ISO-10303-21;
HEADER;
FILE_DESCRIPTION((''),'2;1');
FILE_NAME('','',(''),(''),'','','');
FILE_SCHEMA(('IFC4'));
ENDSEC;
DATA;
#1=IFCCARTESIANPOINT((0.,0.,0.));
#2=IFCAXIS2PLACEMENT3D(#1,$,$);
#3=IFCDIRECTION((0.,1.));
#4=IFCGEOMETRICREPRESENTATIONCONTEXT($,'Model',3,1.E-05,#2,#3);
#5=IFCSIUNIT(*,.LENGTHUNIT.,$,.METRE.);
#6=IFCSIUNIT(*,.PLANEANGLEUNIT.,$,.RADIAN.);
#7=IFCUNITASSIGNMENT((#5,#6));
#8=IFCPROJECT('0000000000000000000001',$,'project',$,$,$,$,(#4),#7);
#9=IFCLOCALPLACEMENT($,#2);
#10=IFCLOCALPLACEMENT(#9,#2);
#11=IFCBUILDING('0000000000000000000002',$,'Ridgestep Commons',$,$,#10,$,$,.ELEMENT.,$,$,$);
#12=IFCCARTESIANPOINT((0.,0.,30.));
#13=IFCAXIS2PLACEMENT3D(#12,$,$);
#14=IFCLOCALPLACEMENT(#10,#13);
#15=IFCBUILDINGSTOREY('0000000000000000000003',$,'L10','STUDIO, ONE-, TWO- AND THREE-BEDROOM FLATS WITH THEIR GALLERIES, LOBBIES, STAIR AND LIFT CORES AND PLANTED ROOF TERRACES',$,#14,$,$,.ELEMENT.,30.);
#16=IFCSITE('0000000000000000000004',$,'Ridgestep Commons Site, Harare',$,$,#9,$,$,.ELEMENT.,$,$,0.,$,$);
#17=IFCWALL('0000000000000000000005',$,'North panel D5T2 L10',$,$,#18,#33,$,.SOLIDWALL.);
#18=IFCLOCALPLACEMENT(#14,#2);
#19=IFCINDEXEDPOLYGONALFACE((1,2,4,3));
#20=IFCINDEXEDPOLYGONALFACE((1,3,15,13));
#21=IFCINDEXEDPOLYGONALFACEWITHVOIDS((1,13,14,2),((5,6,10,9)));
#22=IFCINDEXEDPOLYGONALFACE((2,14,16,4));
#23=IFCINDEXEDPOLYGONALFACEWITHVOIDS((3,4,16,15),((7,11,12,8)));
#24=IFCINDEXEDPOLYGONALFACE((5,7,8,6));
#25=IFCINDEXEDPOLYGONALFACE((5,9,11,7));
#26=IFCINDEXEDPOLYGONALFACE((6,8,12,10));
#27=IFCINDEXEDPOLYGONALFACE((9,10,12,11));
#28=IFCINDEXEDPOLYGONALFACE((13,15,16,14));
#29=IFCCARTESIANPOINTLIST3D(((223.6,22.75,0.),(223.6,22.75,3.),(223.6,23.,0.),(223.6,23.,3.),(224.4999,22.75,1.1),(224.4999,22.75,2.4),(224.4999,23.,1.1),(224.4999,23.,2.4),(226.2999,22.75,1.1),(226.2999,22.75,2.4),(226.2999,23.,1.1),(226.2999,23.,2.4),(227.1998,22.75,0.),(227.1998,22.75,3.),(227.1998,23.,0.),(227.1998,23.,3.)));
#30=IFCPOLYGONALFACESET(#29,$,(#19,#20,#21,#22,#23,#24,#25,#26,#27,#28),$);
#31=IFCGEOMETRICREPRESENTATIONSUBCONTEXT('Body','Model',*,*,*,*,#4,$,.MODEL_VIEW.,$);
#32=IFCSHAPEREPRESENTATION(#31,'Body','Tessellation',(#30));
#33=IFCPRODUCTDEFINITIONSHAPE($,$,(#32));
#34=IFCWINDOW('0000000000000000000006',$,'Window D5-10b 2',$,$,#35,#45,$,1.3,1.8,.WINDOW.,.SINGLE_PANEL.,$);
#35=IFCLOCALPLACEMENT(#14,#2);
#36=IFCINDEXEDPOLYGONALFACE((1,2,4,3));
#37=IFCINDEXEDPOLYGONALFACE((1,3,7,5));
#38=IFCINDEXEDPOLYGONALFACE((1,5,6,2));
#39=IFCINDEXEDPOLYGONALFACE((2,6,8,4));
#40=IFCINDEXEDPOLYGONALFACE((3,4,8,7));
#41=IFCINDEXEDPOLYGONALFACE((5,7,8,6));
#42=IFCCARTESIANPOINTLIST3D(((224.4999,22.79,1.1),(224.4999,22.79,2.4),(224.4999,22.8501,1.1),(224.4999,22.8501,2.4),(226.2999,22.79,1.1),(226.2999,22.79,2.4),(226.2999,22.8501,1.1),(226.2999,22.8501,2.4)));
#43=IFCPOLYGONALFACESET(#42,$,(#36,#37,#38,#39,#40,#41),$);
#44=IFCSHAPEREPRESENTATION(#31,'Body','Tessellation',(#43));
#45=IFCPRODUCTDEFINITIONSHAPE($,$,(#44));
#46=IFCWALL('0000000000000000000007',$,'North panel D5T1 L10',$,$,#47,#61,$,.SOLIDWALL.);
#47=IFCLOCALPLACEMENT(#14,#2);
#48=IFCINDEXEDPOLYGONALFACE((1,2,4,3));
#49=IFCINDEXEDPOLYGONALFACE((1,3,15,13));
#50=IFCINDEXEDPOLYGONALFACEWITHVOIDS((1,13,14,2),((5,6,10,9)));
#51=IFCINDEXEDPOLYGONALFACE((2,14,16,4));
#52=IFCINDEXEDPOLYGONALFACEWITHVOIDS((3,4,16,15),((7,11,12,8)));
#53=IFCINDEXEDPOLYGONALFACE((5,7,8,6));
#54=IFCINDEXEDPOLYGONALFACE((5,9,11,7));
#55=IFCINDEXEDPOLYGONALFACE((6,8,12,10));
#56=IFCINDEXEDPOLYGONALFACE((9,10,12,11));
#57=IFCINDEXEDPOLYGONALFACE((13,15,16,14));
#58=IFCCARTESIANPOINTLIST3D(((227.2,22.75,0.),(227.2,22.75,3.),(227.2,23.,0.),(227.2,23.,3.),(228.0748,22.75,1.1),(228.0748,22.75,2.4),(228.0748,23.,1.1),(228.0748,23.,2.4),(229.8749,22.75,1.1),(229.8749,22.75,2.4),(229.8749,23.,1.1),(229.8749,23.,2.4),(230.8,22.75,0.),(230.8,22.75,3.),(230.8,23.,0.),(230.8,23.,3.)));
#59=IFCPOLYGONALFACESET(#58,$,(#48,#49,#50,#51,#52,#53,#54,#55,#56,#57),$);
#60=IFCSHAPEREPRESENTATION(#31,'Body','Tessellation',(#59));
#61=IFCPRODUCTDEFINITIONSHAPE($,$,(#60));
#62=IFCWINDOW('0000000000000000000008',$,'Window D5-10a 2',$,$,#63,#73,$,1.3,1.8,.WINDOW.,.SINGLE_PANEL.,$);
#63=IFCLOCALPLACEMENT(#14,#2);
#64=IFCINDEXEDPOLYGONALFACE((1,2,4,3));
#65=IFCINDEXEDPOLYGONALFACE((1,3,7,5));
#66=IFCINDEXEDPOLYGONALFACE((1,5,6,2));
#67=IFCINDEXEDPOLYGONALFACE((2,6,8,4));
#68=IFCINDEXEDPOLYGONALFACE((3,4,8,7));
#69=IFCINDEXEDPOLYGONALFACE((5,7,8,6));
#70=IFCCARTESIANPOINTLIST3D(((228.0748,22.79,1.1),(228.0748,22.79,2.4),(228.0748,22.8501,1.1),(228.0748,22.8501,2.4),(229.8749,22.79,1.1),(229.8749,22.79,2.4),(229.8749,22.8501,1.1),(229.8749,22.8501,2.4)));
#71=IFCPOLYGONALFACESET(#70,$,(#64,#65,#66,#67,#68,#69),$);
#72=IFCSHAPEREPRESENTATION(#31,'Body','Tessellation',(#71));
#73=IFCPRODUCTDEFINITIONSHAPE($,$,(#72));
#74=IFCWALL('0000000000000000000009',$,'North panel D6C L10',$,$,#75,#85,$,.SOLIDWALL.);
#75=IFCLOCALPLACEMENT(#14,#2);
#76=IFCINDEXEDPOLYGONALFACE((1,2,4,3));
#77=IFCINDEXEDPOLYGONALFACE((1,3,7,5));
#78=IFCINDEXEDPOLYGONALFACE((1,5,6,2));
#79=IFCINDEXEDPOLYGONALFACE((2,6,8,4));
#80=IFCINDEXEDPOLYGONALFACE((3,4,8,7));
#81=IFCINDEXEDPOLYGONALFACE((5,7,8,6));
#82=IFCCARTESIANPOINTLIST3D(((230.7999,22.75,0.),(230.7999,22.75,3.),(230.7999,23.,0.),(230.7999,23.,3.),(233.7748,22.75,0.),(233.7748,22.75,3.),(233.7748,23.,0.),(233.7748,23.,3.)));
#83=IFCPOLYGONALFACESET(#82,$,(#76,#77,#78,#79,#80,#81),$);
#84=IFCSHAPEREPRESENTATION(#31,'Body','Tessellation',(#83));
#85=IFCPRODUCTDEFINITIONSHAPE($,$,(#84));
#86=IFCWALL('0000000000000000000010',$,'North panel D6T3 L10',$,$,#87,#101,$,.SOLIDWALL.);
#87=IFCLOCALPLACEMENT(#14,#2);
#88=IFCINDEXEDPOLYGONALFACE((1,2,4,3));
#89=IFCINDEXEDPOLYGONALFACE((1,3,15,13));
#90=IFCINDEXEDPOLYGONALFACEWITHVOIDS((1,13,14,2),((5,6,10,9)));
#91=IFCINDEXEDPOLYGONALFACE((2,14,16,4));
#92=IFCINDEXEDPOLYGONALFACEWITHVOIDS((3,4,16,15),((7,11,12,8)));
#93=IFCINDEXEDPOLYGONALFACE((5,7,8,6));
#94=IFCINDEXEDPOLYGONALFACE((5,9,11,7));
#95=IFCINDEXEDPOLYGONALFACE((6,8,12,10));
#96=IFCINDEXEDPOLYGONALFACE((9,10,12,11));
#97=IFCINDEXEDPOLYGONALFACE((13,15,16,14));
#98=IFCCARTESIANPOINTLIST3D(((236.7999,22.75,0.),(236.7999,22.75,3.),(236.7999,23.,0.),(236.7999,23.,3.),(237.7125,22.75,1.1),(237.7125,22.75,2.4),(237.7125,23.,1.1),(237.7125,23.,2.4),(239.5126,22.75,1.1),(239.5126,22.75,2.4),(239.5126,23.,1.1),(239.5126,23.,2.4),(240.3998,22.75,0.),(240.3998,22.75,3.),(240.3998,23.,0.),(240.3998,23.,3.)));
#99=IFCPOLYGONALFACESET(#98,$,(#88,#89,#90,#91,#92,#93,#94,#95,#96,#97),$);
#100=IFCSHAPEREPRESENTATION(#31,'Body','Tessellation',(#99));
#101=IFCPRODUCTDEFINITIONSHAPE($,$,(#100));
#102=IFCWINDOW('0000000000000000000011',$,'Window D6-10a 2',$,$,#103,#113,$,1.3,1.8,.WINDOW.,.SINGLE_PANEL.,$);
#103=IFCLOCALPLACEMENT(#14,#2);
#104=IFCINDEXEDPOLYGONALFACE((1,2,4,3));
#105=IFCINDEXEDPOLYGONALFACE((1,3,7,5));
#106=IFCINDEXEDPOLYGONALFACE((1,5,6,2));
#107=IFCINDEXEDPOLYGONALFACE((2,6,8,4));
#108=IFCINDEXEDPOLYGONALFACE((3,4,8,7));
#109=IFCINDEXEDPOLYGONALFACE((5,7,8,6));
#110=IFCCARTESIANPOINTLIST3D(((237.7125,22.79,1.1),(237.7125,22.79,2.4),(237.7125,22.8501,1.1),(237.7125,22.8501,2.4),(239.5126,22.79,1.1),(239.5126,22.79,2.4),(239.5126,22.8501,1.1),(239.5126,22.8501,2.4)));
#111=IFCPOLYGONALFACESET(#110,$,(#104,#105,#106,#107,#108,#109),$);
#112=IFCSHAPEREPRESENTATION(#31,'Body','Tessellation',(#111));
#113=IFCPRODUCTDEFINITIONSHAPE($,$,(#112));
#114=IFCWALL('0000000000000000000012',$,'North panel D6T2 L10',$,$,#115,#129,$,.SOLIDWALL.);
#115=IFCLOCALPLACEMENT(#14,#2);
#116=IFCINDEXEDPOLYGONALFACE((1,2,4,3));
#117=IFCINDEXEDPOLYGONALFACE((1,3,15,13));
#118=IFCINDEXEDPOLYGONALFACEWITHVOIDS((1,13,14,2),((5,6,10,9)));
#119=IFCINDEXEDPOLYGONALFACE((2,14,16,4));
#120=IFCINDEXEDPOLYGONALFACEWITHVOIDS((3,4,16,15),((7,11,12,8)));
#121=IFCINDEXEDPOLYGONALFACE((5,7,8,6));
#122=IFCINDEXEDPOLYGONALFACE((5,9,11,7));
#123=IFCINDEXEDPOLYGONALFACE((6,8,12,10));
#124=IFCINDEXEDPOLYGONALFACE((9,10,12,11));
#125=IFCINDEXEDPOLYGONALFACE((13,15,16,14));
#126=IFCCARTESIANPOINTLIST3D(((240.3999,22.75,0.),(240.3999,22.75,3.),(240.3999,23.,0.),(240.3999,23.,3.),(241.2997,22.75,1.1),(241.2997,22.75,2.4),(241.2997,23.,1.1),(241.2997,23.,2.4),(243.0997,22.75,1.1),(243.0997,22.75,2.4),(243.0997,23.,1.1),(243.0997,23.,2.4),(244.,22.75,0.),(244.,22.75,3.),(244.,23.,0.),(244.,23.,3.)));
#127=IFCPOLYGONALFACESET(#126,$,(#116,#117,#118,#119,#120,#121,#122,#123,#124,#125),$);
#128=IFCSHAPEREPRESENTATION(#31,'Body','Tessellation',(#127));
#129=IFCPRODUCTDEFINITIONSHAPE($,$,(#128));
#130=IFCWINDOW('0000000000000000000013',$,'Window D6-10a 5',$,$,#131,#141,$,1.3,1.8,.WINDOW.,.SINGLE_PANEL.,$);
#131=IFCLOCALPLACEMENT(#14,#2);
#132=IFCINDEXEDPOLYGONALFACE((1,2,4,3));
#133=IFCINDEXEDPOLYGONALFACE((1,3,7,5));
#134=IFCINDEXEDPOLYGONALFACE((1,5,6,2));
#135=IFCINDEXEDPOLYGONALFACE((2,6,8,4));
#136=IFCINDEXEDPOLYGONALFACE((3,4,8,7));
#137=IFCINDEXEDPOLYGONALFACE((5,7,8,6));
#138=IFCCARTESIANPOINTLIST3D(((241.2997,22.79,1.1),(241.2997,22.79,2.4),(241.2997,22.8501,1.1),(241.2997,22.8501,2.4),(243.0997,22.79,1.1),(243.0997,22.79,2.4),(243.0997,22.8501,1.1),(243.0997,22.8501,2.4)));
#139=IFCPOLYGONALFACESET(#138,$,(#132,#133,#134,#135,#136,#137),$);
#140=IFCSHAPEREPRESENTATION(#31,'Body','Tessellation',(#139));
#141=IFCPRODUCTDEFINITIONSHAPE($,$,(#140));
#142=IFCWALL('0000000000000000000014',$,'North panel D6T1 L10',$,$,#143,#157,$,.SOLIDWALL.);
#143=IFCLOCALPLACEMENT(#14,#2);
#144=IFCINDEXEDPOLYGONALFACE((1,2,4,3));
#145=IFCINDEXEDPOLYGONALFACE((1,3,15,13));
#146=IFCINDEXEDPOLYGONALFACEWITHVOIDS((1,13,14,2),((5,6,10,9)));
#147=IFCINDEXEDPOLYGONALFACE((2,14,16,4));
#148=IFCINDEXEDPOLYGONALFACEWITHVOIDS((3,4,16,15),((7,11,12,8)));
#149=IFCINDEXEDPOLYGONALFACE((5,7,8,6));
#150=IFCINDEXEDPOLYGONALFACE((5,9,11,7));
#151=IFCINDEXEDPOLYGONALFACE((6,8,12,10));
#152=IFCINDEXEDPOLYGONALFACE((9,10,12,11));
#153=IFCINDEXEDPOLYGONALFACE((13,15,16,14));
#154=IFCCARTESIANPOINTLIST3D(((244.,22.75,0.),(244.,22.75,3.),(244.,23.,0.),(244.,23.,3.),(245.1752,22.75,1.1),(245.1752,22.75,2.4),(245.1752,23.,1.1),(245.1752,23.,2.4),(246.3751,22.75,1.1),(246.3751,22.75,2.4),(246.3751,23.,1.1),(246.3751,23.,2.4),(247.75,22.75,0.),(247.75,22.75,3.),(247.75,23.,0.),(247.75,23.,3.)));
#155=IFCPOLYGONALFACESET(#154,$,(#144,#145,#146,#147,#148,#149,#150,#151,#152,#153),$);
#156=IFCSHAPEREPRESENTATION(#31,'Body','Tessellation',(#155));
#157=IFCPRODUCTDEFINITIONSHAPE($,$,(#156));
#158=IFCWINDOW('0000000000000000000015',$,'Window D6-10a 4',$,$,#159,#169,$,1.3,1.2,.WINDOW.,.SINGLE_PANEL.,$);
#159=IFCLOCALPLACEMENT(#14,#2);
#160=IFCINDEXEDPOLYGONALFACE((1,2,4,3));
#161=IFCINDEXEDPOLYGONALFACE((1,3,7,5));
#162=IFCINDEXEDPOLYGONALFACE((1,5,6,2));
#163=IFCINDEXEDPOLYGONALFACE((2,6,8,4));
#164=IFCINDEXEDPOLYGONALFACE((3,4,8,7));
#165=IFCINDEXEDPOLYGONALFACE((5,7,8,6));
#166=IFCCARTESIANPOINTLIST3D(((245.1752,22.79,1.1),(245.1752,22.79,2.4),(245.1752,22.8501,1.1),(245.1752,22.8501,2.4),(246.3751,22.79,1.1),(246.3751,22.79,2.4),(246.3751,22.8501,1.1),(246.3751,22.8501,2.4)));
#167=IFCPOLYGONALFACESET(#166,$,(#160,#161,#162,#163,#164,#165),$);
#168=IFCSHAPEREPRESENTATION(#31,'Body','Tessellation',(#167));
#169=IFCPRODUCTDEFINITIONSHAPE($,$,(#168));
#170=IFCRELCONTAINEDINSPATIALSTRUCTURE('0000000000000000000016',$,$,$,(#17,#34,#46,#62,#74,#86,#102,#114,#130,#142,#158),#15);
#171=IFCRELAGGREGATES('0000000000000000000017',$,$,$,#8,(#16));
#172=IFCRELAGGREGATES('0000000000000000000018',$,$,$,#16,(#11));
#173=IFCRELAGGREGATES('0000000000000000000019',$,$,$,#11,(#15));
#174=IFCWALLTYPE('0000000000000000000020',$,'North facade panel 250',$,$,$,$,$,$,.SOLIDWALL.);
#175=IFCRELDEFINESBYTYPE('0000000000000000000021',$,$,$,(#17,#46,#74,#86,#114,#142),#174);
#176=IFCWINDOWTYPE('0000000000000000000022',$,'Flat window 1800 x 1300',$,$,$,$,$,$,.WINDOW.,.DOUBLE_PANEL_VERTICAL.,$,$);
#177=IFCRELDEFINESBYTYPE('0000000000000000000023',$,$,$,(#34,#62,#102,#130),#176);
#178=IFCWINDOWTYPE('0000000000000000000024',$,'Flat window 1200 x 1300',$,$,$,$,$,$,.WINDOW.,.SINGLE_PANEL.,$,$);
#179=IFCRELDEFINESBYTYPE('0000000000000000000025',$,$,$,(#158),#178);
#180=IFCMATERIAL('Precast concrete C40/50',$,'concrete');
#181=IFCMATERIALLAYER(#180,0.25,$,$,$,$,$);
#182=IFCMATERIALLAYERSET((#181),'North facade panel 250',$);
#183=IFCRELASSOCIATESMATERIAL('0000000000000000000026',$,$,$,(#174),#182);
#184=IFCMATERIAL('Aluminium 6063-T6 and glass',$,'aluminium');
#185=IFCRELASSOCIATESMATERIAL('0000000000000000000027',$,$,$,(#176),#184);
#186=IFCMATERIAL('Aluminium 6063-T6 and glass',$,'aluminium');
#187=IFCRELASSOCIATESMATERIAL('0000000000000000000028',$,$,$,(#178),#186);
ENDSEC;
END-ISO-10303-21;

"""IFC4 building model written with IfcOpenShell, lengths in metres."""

from ifc_helpers import new_model, si_unit, direction, frame, frame_2d, origin, place, context, subcontext, project, spatial, rectangle, extrude, material, layer, layer_set, type_object, element, fill, save


model = new_model("IFC4")

# Units and contexts
model_context = context("Model", 3, precision=1e-05, world=origin(), true_north=direction((0.0, 1.0)))
body_context = subcontext(model_context, "Body", "Model", "MODEL_VIEW")
ifc_project = project(units=[si_unit("LENGTHUNIT", "METRE"), si_unit("PLANEANGLEUNIT", "RADIAN")], contexts=[model_context])

# Site, building, storey
site_placement = place(None, origin())
site = spatial("IfcSite", under=ifc_project, at=site_placement, Name="Ridgestep Commons Site, Harare", CompositionType="ELEMENT", RefElevation=0.0)
building_placement = place(site_placement, origin())
building = spatial("IfcBuilding", under=site, at=building_placement, Name="Ridgestep Commons", CompositionType="ELEMENT")
storey_placement = place(building_placement, frame((0.0, 0.0, 30.0)))
storey = spatial("IfcBuildingStorey", under=building, at=storey_placement, Name="L10", Description="STUDIO, ONE-, TWO- AND THREE-BEDROOM FLATS WITH THEIR GALLERIES, LOBBIES, STAIR AND LIFT CORES AND PLANTED ROOF TERRACES", CompositionType="ELEMENT", Elevation=30.0)

# Walls, openings, windows
ifc_material_1 = material(Name="Precast concrete C40/50", Category="concrete")
ifc_layer_1 = layer(ifc_material_1, 0.25)
ifc_layer_set_1 = layer_set([ifc_layer_1], Name="North facade panel 250")
wall_type_1 = type_object("IfcWallType", Name="North facade panel 250", PredefinedType="SOLIDWALL", material=ifc_layer_set_1)
ifc_material_2 = material(Name="Aluminium 6063-T6 and glass", Category="aluminium")
window_type_1 = type_object("IfcWindowType", Name="Flat window 1800 x 1300", PartitioningType="DOUBLE_PANEL_VERTICAL", PredefinedType="WINDOW", material=ifc_material_2)
wall_1_placement = place(storey_placement, frame((223.6001, 22.875, 0.0), z_axis=(0.0, 0.0, 1.0), x_axis=(1.0, 0.0, 0.0)))
wall_1 = element("IfcWall", 1, at=wall_1_placement, inside=storey, type_object=wall_type_1, Name="North panel D5T2 L10", PredefinedType="SOLIDWALL", context=body_context, shape_type="SweptSolid", body=[
    extrude(rectangle(XDim=3.5999, YDim=0.25, at=frame_2d((1.7998, 0.0))), origin(), (0.0, 0.0, 1.0), 3.0),
])
opening_1_placement = place(wall_1_placement, frame((0.8999, 0.0, 1.1001)))
opening_1 = element("IfcOpeningElement", 2, at=opening_1_placement, cuts=wall_1, PredefinedType="OPENING", context=body_context, shape_type="SweptSolid", body=[
    extrude(rectangle(XDim=1.8, YDim=1.3, at=frame_2d((0.8999, 0.6499))), frame((0.0, 0.135, 0.0), z_axis=(0.0, -1.0, 0.0), x_axis=(1.0, 0.0, 0.0)), (0.0, 0.0, 1.0), 0.27),
])
window_1_placement = place(opening_1_placement, origin())
window_1 = element("IfcWindow", 3, at=window_1_placement, inside=storey, type_object=window_type_1, Name="Window D5-10b 2", OverallHeight=1.3, OverallWidth=1.8, PartitioningType="SINGLE_PANEL", PredefinedType="WINDOW", context=body_context, shape_type="SweptSolid", body=[
    extrude(rectangle(XDim=1.8, YDim=1.3, at=frame_2d((0.8999, 0.6499))), frame((0.0, -0.0249, 0.0), z_axis=(0.0, -1.0, 0.0), x_axis=(1.0, 0.0, 0.0)), (0.0, 0.0, 1.0), 0.0601),
])
fill(opening_1, window_1)
wall_2_placement = place(storey_placement, frame((227.2, 22.875, 0.0), z_axis=(0.0, 0.0, 1.0), x_axis=(1.0, 0.0, 0.0)))
wall_2 = element("IfcWall", 4, at=wall_2_placement, inside=storey, type_object=wall_type_1, Name="North panel D5T1 L10", PredefinedType="SOLIDWALL", context=body_context, shape_type="SweptSolid", body=[
    extrude(rectangle(XDim=3.6001, YDim=0.25, at=frame_2d((1.8, 0.0))), origin(), (0.0, 0.0, 1.0), 3.0),
])
opening_2_placement = place(wall_2_placement, frame((0.875, 0.0, 1.1001)))
opening_2 = element("IfcOpeningElement", 5, at=opening_2_placement, cuts=wall_2, PredefinedType="OPENING", context=body_context, shape_type="SweptSolid", body=[
    extrude(rectangle(XDim=1.8, YDim=1.3, at=frame_2d((0.8999, 0.6499))), frame((0.0, 0.135, 0.0), z_axis=(0.0, -1.0, 0.0), x_axis=(1.0, 0.0, 0.0)), (0.0, 0.0, 1.0), 0.27),
])
window_2_placement = place(opening_2_placement, origin())
window_2 = element("IfcWindow", 6, at=window_2_placement, inside=storey, type_object=window_type_1, Name="Window D5-10a 2", OverallHeight=1.3, OverallWidth=1.8, PartitioningType="SINGLE_PANEL", PredefinedType="WINDOW", context=body_context, shape_type="SweptSolid", body=[
    extrude(rectangle(XDim=1.8, YDim=1.3, at=frame_2d((0.8999, 0.6499))), frame((0.0, -0.0249, 0.0), z_axis=(0.0, -1.0, 0.0), x_axis=(1.0, 0.0, 0.0)), (0.0, 0.0, 1.0), 0.0601),
])
fill(opening_2, window_2)

# Wall
wall_3_placement = place(storey_placement, frame((230.8, 22.875, 0.0), z_axis=(0.0, 0.0, 1.0), x_axis=(1.0, 0.0, 0.0)))
element("IfcWall", 7, at=wall_3_placement, inside=storey, type_object=wall_type_1, Name="North panel D6C L10", PredefinedType="SOLIDWALL", context=body_context, shape_type="SweptSolid", body=[
    extrude(rectangle(XDim=2.9749, YDim=0.25, at=frame_2d((1.4873, 0.0))), origin(), (0.0, 0.0, 1.0), 3.0),
])

# Walls, openings, windows
wall_4_placement = place(storey_placement, frame((236.8, 22.875, 0.0), z_axis=(0.0, 0.0, 1.0), x_axis=(1.0, 0.0, 0.0)))
wall_4 = element("IfcWall", 8, at=wall_4_placement, inside=storey, type_object=wall_type_1, Name="North panel D6T3 L10", PredefinedType="SOLIDWALL", context=body_context, shape_type="SweptSolid", body=[
    extrude(rectangle(XDim=3.5999, YDim=0.25, at=frame_2d((1.7998, 0.0))), origin(), (0.0, 0.0, 1.0), 3.0),
])
opening_3_placement = place(wall_4_placement, frame((0.9126, 0.0, 1.1001)))
opening_3 = element("IfcOpeningElement", 9, at=opening_3_placement, cuts=wall_4, PredefinedType="OPENING", context=body_context, shape_type="SweptSolid", body=[
    extrude(rectangle(XDim=1.8, YDim=1.3, at=frame_2d((0.8999, 0.6499))), frame((0.0, 0.135, 0.0), z_axis=(0.0, -1.0, 0.0), x_axis=(1.0, 0.0, 0.0)), (0.0, 0.0, 1.0), 0.27),
])
window_3_placement = place(opening_3_placement, origin())
window_3 = element("IfcWindow", 10, at=window_3_placement, inside=storey, type_object=window_type_1, Name="Window D6-10a 2", OverallHeight=1.3, OverallWidth=1.8, PartitioningType="SINGLE_PANEL", PredefinedType="WINDOW", context=body_context, shape_type="SweptSolid", body=[
    extrude(rectangle(XDim=1.8, YDim=1.3, at=frame_2d((0.8999, 0.6499))), frame((0.0, -0.0249, 0.0), z_axis=(0.0, -1.0, 0.0), x_axis=(1.0, 0.0, 0.0)), (0.0, 0.0, 1.0), 0.0601),
])
fill(opening_3, window_3)
wall_5_placement = place(storey_placement, frame((240.3999, 22.875, 0.0), z_axis=(0.0, 0.0, 1.0), x_axis=(1.0, 0.0, 0.0)))
wall_5 = element("IfcWall", 11, at=wall_5_placement, inside=storey, type_object=wall_type_1, Name="North panel D6T2 L10", PredefinedType="SOLIDWALL", context=body_context, shape_type="SweptSolid", body=[
    extrude(rectangle(XDim=3.6001, YDim=0.25, at=frame_2d((1.8, 0.0))), origin(), (0.0, 0.0, 1.0), 3.0),
])
opening_4_placement = place(wall_5_placement, frame((0.8999, 0.0, 1.1001)))
opening_4 = element("IfcOpeningElement", 12, at=opening_4_placement, cuts=wall_5, PredefinedType="OPENING", context=body_context, shape_type="SweptSolid", body=[
    extrude(rectangle(XDim=1.8, YDim=1.3, at=frame_2d((0.8999, 0.6499))), frame((0.0, 0.135, 0.0), z_axis=(0.0, -1.0, 0.0), x_axis=(1.0, 0.0, 0.0)), (0.0, 0.0, 1.0), 0.27),
])
window_4_placement = place(opening_4_placement, origin())
window_4 = element("IfcWindow", 13, at=window_4_placement, inside=storey, type_object=window_type_1, Name="Window D6-10a 5", OverallHeight=1.3, OverallWidth=1.8, PartitioningType="SINGLE_PANEL", PredefinedType="WINDOW", context=body_context, shape_type="SweptSolid", body=[
    extrude(rectangle(XDim=1.8, YDim=1.3, at=frame_2d((0.8999, 0.6499))), frame((0.0, -0.0249, 0.0), z_axis=(0.0, -1.0, 0.0), x_axis=(1.0, 0.0, 0.0)), (0.0, 0.0, 1.0), 0.0601),
])
fill(opening_4, window_4)
wall_6_placement = place(storey_placement, frame((244.0, 22.875, 0.0), z_axis=(0.0, 0.0, 1.0), x_axis=(1.0, 0.0, 0.0)))
wall_6 = element("IfcWall", 14, at=wall_6_placement, inside=storey, type_object=wall_type_1, Name="North panel D6T1 L10", PredefinedType="SOLIDWALL", context=body_context, shape_type="SweptSolid", body=[
    extrude(rectangle(XDim=3.75, YDim=0.25, at=frame_2d((1.875, 0.0))), origin(), (0.0, 0.0, 1.0), 3.0),
])
opening_5_placement = place(wall_6_placement, frame((1.175, 0.0, 1.1001)))
opening_5 = element("IfcOpeningElement", 15, at=opening_5_placement, cuts=wall_6, PredefinedType="OPENING", context=body_context, shape_type="SweptSolid", body=[
    extrude(rectangle(XDim=1.2, YDim=1.3, at=frame_2d((0.6001, 0.6499))), frame((0.0, 0.135, 0.0), z_axis=(0.0, -1.0, 0.0), x_axis=(1.0, 0.0, 0.0)), (0.0, 0.0, 1.0), 0.27),
])
ifc_material_3 = material(Name="Aluminium 6063-T6 and glass", Category="aluminium")
window_type_2 = type_object("IfcWindowType", Name="Flat window 1200 x 1300", PartitioningType="SINGLE_PANEL", PredefinedType="WINDOW", material=ifc_material_3)
window_5_placement = place(opening_5_placement, origin())
window_5 = element("IfcWindow", 16, at=window_5_placement, inside=storey, type_object=window_type_2, Name="Window D6-10a 4", OverallHeight=1.3, OverallWidth=1.2, PartitioningType="SINGLE_PANEL", PredefinedType="WINDOW", context=body_context, shape_type="SweptSolid", body=[
    extrude(rectangle(XDim=1.2, YDim=1.3, at=frame_2d((0.6001, 0.6499))), frame((0.0, -0.0249, 0.0), z_axis=(0.0, -1.0, 0.0), x_axis=(1.0, 0.0, 0.0)), (0.0, 0.0, 1.0), 0.0601),
])
fill(opening_5, window_5)

save(model, "model.ifc")
